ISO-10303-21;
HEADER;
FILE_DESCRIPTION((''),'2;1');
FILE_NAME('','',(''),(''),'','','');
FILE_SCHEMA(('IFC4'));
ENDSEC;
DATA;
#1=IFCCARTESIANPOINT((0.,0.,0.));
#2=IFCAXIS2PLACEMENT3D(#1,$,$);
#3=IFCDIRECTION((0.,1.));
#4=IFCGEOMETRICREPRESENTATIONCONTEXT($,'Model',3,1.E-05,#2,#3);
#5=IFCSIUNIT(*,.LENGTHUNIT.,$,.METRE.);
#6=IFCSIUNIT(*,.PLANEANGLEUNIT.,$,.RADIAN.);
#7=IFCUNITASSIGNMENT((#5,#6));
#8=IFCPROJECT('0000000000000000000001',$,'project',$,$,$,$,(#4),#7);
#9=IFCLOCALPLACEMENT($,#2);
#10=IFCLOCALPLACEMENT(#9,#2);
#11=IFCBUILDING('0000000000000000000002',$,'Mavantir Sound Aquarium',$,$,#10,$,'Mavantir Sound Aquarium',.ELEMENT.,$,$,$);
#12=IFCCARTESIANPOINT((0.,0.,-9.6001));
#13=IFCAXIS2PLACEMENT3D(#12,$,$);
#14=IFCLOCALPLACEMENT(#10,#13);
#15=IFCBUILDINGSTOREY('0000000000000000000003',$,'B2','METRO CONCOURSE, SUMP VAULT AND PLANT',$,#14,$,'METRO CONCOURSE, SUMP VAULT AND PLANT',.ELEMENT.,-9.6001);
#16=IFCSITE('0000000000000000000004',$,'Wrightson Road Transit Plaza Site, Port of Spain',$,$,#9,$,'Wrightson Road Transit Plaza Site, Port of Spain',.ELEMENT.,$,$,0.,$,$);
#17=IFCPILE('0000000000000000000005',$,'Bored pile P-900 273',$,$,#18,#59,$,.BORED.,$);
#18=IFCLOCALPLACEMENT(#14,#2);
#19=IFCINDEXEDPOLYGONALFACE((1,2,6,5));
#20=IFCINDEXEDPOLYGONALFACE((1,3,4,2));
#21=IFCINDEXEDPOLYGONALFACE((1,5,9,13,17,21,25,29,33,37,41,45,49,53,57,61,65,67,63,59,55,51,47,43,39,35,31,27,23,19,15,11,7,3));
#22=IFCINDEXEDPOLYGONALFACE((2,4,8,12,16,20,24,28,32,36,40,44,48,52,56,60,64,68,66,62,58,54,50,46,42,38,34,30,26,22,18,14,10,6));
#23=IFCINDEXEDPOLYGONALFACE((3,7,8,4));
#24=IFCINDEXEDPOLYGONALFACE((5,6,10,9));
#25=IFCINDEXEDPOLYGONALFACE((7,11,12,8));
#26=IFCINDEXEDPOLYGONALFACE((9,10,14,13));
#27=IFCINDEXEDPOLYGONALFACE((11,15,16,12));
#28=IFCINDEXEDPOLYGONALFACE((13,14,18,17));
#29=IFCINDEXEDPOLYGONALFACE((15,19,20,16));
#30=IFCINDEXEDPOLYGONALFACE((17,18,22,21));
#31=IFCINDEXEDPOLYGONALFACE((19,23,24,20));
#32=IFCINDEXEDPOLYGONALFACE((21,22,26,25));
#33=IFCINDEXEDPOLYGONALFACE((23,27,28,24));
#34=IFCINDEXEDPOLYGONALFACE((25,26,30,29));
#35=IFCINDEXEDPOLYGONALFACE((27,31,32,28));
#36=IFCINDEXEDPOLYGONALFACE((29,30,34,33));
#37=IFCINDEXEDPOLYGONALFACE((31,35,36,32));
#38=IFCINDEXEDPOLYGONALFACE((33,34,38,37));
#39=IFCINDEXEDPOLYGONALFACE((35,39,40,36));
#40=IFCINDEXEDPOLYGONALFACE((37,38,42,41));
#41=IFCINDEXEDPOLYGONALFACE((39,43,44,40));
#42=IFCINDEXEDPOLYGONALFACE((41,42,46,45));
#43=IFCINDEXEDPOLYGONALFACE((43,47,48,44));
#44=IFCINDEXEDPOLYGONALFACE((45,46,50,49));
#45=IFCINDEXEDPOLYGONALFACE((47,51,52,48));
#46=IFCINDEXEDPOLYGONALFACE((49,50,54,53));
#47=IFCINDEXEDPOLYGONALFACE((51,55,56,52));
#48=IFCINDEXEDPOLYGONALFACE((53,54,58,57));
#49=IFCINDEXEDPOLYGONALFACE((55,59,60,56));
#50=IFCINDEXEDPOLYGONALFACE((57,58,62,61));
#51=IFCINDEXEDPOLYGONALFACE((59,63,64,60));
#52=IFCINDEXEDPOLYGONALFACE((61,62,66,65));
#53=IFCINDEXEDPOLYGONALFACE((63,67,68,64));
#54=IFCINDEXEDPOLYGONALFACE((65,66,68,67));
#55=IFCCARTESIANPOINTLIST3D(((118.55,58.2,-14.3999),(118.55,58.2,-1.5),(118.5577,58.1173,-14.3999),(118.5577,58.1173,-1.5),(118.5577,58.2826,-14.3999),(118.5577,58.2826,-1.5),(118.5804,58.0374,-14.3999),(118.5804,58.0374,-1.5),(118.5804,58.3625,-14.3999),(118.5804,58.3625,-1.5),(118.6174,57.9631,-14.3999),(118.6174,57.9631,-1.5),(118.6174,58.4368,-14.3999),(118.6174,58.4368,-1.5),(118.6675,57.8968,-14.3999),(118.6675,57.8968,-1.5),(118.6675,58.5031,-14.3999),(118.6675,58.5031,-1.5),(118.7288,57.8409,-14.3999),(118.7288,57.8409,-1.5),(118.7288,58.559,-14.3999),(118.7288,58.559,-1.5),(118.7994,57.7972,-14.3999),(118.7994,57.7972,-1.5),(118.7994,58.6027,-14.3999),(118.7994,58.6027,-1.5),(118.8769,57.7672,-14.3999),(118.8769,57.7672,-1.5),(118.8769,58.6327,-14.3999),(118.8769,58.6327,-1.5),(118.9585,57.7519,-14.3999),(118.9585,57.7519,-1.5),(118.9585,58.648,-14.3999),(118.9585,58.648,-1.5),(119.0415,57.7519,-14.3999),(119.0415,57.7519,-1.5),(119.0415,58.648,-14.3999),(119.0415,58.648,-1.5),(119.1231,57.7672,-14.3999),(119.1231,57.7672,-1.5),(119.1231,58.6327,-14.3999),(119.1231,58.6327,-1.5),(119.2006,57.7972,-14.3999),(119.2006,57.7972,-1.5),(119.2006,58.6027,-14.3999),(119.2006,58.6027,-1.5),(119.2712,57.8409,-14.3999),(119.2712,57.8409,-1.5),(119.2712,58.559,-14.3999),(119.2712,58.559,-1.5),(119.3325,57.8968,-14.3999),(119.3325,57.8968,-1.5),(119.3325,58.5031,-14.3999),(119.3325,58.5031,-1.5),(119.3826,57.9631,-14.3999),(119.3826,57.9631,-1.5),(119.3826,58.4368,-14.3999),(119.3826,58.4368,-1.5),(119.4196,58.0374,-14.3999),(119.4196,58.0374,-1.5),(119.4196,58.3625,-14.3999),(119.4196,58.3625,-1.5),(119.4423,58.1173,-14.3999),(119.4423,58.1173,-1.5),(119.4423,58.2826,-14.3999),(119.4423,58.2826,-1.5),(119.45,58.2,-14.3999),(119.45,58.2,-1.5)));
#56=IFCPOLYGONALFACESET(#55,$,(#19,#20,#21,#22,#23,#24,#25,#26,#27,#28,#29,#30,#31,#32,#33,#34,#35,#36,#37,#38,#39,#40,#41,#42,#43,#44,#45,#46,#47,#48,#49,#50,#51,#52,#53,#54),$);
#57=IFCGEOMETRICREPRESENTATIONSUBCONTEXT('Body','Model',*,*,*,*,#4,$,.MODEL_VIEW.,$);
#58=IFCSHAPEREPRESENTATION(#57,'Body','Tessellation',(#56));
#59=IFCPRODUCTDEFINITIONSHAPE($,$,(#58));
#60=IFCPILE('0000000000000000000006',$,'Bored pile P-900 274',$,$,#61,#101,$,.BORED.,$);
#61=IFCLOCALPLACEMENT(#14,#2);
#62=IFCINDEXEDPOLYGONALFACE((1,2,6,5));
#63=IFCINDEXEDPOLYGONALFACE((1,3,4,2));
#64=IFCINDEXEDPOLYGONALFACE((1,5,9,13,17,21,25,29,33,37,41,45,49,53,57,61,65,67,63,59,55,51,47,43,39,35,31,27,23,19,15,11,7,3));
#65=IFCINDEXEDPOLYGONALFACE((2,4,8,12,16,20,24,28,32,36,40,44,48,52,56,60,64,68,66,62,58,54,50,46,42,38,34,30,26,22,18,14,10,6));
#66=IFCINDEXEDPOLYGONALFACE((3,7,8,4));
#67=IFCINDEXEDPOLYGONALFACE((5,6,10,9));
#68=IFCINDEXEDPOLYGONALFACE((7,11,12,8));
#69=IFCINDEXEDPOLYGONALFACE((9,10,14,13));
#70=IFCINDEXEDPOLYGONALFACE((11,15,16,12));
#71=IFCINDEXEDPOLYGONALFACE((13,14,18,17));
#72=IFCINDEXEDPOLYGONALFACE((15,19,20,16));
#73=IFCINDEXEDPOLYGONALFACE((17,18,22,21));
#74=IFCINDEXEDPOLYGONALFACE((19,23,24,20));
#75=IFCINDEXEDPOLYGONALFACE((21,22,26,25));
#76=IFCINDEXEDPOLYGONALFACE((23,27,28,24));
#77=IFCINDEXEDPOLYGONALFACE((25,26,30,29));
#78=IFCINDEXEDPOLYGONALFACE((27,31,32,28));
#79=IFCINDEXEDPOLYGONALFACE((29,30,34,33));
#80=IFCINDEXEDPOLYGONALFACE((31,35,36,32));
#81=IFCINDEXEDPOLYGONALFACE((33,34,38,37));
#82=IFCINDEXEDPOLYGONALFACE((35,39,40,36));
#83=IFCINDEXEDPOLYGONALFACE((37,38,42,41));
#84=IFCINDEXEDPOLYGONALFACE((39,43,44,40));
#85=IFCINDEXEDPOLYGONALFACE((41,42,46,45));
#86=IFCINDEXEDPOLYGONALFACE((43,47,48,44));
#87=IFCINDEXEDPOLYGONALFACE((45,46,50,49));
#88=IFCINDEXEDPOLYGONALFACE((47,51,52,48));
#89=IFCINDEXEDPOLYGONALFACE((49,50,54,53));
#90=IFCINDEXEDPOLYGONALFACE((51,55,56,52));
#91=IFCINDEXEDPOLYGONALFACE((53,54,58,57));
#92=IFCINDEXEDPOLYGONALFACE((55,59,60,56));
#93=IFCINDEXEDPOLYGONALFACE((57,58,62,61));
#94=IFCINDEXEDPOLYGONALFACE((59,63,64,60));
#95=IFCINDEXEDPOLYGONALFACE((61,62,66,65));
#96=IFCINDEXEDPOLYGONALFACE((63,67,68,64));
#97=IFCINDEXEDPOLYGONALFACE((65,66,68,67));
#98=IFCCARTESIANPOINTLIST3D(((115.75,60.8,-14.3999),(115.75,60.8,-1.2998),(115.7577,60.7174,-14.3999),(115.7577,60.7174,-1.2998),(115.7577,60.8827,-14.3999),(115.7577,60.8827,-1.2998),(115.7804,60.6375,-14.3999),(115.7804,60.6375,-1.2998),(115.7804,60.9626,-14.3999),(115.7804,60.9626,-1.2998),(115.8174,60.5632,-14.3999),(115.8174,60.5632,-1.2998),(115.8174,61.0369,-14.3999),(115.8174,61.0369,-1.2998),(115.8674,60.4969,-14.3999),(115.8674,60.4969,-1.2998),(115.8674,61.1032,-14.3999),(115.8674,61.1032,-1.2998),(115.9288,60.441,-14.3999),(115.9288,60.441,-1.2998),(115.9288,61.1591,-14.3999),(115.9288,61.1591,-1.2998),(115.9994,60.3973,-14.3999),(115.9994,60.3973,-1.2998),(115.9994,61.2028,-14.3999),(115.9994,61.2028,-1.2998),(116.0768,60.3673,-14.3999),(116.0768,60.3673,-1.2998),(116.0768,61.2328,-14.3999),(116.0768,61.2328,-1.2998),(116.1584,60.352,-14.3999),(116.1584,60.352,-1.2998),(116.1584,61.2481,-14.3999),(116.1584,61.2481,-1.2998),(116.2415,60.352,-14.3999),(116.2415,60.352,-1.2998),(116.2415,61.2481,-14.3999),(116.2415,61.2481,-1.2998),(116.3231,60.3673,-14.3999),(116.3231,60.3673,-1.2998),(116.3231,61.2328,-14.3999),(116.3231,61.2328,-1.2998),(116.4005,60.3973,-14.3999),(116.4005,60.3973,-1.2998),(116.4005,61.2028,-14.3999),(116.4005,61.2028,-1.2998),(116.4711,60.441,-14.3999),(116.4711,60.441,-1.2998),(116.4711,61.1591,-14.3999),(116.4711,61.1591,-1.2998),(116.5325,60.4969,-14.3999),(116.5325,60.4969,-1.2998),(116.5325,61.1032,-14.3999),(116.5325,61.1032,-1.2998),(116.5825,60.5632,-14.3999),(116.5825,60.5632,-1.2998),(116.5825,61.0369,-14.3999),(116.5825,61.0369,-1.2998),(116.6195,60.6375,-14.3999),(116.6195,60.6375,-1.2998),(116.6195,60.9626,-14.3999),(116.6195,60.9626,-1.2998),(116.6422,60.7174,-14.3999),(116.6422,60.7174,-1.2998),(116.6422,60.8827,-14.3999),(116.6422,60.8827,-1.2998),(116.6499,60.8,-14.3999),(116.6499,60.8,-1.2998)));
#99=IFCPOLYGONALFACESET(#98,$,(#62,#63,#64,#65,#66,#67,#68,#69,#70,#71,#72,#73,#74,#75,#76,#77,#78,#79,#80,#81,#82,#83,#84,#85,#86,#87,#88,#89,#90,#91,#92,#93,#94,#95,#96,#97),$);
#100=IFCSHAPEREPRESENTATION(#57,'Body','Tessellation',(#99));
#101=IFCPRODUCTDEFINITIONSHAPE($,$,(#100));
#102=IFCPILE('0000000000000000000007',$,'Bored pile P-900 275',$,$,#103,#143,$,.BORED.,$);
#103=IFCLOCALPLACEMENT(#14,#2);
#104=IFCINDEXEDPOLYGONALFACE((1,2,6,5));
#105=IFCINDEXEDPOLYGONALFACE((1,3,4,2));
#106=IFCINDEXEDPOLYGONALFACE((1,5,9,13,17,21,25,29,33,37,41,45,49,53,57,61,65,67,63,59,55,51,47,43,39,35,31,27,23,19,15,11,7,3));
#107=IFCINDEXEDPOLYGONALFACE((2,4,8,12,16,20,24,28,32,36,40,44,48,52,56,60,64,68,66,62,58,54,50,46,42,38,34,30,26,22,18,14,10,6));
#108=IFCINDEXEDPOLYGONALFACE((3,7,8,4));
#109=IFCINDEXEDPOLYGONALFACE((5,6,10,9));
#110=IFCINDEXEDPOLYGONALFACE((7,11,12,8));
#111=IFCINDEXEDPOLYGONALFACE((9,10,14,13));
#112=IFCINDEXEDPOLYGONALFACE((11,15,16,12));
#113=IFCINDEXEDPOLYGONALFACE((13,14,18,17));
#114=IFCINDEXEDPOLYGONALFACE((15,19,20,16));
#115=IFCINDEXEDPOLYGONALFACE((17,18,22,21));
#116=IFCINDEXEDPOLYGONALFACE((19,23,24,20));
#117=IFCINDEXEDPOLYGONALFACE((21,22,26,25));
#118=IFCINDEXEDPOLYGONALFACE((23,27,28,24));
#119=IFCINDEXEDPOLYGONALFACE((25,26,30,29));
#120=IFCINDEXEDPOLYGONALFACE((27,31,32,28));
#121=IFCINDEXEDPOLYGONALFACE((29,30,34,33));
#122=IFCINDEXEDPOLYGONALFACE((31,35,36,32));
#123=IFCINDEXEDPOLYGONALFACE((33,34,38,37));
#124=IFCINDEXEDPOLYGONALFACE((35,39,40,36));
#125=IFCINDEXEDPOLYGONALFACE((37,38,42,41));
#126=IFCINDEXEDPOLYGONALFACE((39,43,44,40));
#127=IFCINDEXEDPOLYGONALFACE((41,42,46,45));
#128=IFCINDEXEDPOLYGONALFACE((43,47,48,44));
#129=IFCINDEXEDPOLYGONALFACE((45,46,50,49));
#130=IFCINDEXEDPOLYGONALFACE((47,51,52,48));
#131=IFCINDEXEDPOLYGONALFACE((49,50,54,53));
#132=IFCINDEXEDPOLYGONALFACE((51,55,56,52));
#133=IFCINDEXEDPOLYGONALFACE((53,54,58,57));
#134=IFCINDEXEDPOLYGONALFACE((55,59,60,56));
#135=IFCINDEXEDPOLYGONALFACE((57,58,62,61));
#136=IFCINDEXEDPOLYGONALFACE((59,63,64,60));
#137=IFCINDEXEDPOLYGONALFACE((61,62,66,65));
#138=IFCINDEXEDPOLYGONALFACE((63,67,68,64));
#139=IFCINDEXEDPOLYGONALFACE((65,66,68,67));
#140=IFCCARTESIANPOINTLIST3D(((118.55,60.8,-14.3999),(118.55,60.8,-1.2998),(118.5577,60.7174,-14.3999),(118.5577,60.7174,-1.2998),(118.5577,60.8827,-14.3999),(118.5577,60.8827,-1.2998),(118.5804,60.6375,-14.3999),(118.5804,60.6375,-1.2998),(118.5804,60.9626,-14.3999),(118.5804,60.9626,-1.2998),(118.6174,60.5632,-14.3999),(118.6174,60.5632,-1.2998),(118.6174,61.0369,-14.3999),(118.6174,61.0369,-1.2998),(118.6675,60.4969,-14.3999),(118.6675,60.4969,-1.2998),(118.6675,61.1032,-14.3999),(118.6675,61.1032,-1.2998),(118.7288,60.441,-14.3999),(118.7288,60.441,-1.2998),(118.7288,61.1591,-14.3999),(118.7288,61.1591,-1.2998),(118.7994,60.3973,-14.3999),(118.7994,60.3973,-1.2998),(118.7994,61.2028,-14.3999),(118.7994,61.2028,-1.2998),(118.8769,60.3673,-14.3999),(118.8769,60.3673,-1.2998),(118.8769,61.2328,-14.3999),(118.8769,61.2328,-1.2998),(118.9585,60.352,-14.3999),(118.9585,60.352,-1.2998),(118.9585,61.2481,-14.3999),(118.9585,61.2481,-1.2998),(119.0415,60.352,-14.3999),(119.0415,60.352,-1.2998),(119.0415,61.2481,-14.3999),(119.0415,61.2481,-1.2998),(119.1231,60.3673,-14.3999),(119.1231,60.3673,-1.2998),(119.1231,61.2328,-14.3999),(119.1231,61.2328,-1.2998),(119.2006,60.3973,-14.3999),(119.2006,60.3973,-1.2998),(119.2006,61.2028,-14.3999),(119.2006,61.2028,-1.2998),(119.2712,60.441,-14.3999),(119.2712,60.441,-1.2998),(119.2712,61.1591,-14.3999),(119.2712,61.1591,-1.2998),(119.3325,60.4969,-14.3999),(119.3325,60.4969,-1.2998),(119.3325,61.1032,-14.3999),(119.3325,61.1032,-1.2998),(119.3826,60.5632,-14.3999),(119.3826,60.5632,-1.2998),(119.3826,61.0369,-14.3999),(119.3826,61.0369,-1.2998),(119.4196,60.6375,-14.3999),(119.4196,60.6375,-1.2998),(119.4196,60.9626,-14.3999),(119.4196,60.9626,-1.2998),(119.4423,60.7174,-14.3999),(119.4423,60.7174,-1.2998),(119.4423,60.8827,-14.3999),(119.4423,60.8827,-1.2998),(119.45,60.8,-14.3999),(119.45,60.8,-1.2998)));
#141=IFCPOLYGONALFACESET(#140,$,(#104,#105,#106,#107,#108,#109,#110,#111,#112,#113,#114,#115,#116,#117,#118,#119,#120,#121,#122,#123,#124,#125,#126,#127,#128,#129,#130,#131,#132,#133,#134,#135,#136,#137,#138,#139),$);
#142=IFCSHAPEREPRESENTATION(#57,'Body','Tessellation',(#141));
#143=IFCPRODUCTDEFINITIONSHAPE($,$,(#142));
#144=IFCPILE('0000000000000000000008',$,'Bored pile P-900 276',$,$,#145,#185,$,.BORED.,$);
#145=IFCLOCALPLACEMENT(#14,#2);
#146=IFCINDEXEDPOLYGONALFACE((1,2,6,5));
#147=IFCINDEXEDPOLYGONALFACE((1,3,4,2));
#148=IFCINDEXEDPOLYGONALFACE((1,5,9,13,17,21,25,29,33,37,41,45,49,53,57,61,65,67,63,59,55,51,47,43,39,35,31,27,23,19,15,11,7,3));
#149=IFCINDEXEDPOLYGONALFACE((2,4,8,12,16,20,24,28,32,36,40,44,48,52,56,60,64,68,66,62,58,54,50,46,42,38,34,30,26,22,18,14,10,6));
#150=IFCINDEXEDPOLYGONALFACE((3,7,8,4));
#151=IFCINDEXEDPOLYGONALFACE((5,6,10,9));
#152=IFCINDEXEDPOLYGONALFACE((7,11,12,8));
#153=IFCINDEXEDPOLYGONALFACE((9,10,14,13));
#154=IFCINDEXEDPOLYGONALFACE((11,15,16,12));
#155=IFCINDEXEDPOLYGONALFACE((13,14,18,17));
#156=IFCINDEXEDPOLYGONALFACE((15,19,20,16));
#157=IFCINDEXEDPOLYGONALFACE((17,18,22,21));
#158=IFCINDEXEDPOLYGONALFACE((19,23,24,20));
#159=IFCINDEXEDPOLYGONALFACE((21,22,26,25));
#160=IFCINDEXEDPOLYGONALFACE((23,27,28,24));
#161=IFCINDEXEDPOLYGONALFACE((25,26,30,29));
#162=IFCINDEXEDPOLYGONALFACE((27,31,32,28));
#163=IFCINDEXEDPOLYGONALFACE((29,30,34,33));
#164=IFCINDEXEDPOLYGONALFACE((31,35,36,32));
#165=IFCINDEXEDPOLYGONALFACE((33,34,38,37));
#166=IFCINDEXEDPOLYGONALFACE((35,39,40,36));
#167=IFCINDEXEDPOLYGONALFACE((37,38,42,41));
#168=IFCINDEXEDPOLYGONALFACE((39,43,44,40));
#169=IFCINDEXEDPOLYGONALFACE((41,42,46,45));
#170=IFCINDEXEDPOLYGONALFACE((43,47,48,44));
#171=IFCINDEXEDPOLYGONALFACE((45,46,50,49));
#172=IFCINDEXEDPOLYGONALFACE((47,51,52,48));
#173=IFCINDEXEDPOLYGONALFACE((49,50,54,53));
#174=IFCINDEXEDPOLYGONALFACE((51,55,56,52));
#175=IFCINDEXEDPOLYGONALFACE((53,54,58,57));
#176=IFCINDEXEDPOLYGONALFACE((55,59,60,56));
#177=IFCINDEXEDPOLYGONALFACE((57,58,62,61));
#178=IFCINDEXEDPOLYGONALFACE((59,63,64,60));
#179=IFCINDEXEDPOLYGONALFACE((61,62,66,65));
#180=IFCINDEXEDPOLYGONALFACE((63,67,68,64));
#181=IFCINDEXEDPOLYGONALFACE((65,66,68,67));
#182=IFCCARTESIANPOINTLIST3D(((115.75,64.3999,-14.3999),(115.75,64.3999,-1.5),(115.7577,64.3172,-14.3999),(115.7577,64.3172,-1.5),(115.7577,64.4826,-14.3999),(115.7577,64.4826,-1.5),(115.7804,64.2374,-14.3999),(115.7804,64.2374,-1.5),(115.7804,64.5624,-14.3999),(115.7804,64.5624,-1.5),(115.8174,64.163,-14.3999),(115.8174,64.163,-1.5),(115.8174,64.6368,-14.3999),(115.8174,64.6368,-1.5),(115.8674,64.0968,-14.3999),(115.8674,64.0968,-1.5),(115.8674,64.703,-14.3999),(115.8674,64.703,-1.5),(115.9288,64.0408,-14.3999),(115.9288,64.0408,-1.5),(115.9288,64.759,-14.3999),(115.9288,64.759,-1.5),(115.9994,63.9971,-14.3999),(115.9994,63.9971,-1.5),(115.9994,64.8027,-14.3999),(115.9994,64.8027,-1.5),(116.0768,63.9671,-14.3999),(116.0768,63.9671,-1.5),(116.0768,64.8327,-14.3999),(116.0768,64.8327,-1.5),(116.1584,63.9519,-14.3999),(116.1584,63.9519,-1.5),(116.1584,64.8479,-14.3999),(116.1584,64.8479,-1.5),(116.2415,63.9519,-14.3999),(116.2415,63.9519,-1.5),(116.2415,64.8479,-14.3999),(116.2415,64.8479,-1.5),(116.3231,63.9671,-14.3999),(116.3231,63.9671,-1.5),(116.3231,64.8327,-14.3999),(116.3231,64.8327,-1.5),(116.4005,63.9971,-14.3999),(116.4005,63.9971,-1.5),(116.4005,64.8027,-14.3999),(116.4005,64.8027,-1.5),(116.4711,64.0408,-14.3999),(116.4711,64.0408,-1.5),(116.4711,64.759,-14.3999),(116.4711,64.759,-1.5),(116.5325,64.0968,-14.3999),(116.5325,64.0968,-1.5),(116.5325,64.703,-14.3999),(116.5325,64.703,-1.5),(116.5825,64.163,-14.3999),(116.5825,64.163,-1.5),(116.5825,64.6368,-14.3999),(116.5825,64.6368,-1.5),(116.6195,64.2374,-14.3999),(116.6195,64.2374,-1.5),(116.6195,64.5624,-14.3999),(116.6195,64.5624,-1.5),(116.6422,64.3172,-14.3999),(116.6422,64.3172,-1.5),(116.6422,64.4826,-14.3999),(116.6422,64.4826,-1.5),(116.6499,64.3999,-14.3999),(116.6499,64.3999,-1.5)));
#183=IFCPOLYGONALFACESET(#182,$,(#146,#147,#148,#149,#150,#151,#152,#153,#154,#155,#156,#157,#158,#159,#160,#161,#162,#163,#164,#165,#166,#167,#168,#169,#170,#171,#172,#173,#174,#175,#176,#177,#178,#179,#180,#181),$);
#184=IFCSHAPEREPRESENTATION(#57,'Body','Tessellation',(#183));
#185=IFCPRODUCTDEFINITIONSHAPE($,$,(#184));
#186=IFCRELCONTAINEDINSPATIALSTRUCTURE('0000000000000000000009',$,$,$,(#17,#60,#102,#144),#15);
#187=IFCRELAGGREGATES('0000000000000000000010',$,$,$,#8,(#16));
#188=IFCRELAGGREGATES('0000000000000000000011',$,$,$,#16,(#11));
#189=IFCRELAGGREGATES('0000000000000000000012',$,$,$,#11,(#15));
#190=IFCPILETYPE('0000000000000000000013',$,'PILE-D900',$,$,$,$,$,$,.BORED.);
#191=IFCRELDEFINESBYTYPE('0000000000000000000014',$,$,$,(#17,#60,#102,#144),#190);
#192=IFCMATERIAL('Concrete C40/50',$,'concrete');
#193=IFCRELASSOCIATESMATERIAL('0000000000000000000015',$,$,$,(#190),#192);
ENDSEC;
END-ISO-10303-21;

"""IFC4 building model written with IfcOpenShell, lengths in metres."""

from ifc_helpers import new_model, si_unit, direction, frame, origin, origin_2d, place, context, subcontext, project, spatial, circle, extrude, material, material_profile, profile_set, type_object, element, save


model = new_model("IFC4")

# Units and contexts
model_context = context("Model", 3, precision=1e-05, world=origin(), true_north=direction((0.0, 1.0)))
body_context = subcontext(model_context, "Body", "Model", "MODEL_VIEW")
ifc_project = project(units=[si_unit("LENGTHUNIT", "METRE"), si_unit("PLANEANGLEUNIT", "RADIAN")], contexts=[model_context])

# Site, building, storey
site_placement = place(None, origin())
site = spatial("IfcSite", under=ifc_project, at=site_placement, Name="Wrightson Road Transit Plaza Site, Port of Spain", LongName="Wrightson Road Transit Plaza Site, Port of Spain", CompositionType="ELEMENT", RefElevation=0.0)
building_placement = place(site_placement, origin())
building = spatial("IfcBuilding", under=site, at=building_placement, Name="Mavantir Sound Aquarium", LongName="Mavantir Sound Aquarium", CompositionType="ELEMENT")
storey_placement = place(building_placement, frame((0.0, 0.0, -9.6001)))
storey = spatial("IfcBuildingStorey", under=building, at=storey_placement, Name="B2", Description="METRO CONCOURSE, SUMP VAULT AND PLANT", LongName="METRO CONCOURSE, SUMP VAULT AND PLANT", CompositionType="ELEMENT", Elevation=-9.6001)

# Shared definitions
ifc_material_1 = material(Name="Concrete C40/50", Category="concrete")

# Piles
ifc_material_profile_1 = material_profile(ifc_material_1, circle(Radius=0.45, at=origin_2d()), Name="PILE D900")
ifc_profile_set_1 = profile_set([ifc_material_profile_1], Name="Concrete C40/50")
pile_type = type_object("IfcPileType", Name="PILE-D900", PredefinedType="BORED", material=ifc_profile_set_1)
for number, where, z_axis, x_axis, name in (
    (1, (119.0, 58.2, -1.5), (0.0, 0.0, -1.0), (1.0, 0.0, 0.0), "Bored pile P-900 273"),
):
    element("IfcPile", number, at=place(storey_placement, frame(where, z_axis=z_axis, x_axis=x_axis)), inside=storey, type_object=pile_type, Name=name, PredefinedType="BORED", context=body_context, shape_type="SweptSolid", body=[
        extrude(circle(Radius=0.45, at=origin_2d()), origin(), (0.0, 0.0, 1.0), 12.8999),
    ])
for number, where, z_axis, x_axis, name in (
    (2, (116.2, 60.8, -1.2998), (0.0, 0.0, -1.0), (1.0, 0.0, 0.0), "Bored pile P-900 274"),
    (3, (119.0, 60.8, -1.2998), (0.0, 0.0, -1.0), (1.0, 0.0, 0.0), "Bored pile P-900 275"),
):
    element("IfcPile", number, at=place(storey_placement, frame(where, z_axis=z_axis, x_axis=x_axis)), inside=storey, type_object=pile_type, Name=name, PredefinedType="BORED", context=body_context, shape_type="SweptSolid", body=[
        extrude(circle(Radius=0.45, at=origin_2d()), origin(), (0.0, 0.0, 1.0), 13.1001),
    ])
for number, where, z_axis, x_axis, name in (
    (4, (116.2, 64.3999, -1.5), (0.0, 0.0, -1.0), (1.0, 0.0, 0.0), "Bored pile P-900 276"),
):
    element("IfcPile", number, at=place(storey_placement, frame(where, z_axis=z_axis, x_axis=x_axis)), inside=storey, type_object=pile_type, Name=name, PredefinedType="BORED", context=body_context, shape_type="SweptSolid", body=[
        extrude(circle(Radius=0.45, at=origin_2d()), origin(), (0.0, 0.0, 1.0), 12.8999),
    ])

save(model, "model.ifc")
